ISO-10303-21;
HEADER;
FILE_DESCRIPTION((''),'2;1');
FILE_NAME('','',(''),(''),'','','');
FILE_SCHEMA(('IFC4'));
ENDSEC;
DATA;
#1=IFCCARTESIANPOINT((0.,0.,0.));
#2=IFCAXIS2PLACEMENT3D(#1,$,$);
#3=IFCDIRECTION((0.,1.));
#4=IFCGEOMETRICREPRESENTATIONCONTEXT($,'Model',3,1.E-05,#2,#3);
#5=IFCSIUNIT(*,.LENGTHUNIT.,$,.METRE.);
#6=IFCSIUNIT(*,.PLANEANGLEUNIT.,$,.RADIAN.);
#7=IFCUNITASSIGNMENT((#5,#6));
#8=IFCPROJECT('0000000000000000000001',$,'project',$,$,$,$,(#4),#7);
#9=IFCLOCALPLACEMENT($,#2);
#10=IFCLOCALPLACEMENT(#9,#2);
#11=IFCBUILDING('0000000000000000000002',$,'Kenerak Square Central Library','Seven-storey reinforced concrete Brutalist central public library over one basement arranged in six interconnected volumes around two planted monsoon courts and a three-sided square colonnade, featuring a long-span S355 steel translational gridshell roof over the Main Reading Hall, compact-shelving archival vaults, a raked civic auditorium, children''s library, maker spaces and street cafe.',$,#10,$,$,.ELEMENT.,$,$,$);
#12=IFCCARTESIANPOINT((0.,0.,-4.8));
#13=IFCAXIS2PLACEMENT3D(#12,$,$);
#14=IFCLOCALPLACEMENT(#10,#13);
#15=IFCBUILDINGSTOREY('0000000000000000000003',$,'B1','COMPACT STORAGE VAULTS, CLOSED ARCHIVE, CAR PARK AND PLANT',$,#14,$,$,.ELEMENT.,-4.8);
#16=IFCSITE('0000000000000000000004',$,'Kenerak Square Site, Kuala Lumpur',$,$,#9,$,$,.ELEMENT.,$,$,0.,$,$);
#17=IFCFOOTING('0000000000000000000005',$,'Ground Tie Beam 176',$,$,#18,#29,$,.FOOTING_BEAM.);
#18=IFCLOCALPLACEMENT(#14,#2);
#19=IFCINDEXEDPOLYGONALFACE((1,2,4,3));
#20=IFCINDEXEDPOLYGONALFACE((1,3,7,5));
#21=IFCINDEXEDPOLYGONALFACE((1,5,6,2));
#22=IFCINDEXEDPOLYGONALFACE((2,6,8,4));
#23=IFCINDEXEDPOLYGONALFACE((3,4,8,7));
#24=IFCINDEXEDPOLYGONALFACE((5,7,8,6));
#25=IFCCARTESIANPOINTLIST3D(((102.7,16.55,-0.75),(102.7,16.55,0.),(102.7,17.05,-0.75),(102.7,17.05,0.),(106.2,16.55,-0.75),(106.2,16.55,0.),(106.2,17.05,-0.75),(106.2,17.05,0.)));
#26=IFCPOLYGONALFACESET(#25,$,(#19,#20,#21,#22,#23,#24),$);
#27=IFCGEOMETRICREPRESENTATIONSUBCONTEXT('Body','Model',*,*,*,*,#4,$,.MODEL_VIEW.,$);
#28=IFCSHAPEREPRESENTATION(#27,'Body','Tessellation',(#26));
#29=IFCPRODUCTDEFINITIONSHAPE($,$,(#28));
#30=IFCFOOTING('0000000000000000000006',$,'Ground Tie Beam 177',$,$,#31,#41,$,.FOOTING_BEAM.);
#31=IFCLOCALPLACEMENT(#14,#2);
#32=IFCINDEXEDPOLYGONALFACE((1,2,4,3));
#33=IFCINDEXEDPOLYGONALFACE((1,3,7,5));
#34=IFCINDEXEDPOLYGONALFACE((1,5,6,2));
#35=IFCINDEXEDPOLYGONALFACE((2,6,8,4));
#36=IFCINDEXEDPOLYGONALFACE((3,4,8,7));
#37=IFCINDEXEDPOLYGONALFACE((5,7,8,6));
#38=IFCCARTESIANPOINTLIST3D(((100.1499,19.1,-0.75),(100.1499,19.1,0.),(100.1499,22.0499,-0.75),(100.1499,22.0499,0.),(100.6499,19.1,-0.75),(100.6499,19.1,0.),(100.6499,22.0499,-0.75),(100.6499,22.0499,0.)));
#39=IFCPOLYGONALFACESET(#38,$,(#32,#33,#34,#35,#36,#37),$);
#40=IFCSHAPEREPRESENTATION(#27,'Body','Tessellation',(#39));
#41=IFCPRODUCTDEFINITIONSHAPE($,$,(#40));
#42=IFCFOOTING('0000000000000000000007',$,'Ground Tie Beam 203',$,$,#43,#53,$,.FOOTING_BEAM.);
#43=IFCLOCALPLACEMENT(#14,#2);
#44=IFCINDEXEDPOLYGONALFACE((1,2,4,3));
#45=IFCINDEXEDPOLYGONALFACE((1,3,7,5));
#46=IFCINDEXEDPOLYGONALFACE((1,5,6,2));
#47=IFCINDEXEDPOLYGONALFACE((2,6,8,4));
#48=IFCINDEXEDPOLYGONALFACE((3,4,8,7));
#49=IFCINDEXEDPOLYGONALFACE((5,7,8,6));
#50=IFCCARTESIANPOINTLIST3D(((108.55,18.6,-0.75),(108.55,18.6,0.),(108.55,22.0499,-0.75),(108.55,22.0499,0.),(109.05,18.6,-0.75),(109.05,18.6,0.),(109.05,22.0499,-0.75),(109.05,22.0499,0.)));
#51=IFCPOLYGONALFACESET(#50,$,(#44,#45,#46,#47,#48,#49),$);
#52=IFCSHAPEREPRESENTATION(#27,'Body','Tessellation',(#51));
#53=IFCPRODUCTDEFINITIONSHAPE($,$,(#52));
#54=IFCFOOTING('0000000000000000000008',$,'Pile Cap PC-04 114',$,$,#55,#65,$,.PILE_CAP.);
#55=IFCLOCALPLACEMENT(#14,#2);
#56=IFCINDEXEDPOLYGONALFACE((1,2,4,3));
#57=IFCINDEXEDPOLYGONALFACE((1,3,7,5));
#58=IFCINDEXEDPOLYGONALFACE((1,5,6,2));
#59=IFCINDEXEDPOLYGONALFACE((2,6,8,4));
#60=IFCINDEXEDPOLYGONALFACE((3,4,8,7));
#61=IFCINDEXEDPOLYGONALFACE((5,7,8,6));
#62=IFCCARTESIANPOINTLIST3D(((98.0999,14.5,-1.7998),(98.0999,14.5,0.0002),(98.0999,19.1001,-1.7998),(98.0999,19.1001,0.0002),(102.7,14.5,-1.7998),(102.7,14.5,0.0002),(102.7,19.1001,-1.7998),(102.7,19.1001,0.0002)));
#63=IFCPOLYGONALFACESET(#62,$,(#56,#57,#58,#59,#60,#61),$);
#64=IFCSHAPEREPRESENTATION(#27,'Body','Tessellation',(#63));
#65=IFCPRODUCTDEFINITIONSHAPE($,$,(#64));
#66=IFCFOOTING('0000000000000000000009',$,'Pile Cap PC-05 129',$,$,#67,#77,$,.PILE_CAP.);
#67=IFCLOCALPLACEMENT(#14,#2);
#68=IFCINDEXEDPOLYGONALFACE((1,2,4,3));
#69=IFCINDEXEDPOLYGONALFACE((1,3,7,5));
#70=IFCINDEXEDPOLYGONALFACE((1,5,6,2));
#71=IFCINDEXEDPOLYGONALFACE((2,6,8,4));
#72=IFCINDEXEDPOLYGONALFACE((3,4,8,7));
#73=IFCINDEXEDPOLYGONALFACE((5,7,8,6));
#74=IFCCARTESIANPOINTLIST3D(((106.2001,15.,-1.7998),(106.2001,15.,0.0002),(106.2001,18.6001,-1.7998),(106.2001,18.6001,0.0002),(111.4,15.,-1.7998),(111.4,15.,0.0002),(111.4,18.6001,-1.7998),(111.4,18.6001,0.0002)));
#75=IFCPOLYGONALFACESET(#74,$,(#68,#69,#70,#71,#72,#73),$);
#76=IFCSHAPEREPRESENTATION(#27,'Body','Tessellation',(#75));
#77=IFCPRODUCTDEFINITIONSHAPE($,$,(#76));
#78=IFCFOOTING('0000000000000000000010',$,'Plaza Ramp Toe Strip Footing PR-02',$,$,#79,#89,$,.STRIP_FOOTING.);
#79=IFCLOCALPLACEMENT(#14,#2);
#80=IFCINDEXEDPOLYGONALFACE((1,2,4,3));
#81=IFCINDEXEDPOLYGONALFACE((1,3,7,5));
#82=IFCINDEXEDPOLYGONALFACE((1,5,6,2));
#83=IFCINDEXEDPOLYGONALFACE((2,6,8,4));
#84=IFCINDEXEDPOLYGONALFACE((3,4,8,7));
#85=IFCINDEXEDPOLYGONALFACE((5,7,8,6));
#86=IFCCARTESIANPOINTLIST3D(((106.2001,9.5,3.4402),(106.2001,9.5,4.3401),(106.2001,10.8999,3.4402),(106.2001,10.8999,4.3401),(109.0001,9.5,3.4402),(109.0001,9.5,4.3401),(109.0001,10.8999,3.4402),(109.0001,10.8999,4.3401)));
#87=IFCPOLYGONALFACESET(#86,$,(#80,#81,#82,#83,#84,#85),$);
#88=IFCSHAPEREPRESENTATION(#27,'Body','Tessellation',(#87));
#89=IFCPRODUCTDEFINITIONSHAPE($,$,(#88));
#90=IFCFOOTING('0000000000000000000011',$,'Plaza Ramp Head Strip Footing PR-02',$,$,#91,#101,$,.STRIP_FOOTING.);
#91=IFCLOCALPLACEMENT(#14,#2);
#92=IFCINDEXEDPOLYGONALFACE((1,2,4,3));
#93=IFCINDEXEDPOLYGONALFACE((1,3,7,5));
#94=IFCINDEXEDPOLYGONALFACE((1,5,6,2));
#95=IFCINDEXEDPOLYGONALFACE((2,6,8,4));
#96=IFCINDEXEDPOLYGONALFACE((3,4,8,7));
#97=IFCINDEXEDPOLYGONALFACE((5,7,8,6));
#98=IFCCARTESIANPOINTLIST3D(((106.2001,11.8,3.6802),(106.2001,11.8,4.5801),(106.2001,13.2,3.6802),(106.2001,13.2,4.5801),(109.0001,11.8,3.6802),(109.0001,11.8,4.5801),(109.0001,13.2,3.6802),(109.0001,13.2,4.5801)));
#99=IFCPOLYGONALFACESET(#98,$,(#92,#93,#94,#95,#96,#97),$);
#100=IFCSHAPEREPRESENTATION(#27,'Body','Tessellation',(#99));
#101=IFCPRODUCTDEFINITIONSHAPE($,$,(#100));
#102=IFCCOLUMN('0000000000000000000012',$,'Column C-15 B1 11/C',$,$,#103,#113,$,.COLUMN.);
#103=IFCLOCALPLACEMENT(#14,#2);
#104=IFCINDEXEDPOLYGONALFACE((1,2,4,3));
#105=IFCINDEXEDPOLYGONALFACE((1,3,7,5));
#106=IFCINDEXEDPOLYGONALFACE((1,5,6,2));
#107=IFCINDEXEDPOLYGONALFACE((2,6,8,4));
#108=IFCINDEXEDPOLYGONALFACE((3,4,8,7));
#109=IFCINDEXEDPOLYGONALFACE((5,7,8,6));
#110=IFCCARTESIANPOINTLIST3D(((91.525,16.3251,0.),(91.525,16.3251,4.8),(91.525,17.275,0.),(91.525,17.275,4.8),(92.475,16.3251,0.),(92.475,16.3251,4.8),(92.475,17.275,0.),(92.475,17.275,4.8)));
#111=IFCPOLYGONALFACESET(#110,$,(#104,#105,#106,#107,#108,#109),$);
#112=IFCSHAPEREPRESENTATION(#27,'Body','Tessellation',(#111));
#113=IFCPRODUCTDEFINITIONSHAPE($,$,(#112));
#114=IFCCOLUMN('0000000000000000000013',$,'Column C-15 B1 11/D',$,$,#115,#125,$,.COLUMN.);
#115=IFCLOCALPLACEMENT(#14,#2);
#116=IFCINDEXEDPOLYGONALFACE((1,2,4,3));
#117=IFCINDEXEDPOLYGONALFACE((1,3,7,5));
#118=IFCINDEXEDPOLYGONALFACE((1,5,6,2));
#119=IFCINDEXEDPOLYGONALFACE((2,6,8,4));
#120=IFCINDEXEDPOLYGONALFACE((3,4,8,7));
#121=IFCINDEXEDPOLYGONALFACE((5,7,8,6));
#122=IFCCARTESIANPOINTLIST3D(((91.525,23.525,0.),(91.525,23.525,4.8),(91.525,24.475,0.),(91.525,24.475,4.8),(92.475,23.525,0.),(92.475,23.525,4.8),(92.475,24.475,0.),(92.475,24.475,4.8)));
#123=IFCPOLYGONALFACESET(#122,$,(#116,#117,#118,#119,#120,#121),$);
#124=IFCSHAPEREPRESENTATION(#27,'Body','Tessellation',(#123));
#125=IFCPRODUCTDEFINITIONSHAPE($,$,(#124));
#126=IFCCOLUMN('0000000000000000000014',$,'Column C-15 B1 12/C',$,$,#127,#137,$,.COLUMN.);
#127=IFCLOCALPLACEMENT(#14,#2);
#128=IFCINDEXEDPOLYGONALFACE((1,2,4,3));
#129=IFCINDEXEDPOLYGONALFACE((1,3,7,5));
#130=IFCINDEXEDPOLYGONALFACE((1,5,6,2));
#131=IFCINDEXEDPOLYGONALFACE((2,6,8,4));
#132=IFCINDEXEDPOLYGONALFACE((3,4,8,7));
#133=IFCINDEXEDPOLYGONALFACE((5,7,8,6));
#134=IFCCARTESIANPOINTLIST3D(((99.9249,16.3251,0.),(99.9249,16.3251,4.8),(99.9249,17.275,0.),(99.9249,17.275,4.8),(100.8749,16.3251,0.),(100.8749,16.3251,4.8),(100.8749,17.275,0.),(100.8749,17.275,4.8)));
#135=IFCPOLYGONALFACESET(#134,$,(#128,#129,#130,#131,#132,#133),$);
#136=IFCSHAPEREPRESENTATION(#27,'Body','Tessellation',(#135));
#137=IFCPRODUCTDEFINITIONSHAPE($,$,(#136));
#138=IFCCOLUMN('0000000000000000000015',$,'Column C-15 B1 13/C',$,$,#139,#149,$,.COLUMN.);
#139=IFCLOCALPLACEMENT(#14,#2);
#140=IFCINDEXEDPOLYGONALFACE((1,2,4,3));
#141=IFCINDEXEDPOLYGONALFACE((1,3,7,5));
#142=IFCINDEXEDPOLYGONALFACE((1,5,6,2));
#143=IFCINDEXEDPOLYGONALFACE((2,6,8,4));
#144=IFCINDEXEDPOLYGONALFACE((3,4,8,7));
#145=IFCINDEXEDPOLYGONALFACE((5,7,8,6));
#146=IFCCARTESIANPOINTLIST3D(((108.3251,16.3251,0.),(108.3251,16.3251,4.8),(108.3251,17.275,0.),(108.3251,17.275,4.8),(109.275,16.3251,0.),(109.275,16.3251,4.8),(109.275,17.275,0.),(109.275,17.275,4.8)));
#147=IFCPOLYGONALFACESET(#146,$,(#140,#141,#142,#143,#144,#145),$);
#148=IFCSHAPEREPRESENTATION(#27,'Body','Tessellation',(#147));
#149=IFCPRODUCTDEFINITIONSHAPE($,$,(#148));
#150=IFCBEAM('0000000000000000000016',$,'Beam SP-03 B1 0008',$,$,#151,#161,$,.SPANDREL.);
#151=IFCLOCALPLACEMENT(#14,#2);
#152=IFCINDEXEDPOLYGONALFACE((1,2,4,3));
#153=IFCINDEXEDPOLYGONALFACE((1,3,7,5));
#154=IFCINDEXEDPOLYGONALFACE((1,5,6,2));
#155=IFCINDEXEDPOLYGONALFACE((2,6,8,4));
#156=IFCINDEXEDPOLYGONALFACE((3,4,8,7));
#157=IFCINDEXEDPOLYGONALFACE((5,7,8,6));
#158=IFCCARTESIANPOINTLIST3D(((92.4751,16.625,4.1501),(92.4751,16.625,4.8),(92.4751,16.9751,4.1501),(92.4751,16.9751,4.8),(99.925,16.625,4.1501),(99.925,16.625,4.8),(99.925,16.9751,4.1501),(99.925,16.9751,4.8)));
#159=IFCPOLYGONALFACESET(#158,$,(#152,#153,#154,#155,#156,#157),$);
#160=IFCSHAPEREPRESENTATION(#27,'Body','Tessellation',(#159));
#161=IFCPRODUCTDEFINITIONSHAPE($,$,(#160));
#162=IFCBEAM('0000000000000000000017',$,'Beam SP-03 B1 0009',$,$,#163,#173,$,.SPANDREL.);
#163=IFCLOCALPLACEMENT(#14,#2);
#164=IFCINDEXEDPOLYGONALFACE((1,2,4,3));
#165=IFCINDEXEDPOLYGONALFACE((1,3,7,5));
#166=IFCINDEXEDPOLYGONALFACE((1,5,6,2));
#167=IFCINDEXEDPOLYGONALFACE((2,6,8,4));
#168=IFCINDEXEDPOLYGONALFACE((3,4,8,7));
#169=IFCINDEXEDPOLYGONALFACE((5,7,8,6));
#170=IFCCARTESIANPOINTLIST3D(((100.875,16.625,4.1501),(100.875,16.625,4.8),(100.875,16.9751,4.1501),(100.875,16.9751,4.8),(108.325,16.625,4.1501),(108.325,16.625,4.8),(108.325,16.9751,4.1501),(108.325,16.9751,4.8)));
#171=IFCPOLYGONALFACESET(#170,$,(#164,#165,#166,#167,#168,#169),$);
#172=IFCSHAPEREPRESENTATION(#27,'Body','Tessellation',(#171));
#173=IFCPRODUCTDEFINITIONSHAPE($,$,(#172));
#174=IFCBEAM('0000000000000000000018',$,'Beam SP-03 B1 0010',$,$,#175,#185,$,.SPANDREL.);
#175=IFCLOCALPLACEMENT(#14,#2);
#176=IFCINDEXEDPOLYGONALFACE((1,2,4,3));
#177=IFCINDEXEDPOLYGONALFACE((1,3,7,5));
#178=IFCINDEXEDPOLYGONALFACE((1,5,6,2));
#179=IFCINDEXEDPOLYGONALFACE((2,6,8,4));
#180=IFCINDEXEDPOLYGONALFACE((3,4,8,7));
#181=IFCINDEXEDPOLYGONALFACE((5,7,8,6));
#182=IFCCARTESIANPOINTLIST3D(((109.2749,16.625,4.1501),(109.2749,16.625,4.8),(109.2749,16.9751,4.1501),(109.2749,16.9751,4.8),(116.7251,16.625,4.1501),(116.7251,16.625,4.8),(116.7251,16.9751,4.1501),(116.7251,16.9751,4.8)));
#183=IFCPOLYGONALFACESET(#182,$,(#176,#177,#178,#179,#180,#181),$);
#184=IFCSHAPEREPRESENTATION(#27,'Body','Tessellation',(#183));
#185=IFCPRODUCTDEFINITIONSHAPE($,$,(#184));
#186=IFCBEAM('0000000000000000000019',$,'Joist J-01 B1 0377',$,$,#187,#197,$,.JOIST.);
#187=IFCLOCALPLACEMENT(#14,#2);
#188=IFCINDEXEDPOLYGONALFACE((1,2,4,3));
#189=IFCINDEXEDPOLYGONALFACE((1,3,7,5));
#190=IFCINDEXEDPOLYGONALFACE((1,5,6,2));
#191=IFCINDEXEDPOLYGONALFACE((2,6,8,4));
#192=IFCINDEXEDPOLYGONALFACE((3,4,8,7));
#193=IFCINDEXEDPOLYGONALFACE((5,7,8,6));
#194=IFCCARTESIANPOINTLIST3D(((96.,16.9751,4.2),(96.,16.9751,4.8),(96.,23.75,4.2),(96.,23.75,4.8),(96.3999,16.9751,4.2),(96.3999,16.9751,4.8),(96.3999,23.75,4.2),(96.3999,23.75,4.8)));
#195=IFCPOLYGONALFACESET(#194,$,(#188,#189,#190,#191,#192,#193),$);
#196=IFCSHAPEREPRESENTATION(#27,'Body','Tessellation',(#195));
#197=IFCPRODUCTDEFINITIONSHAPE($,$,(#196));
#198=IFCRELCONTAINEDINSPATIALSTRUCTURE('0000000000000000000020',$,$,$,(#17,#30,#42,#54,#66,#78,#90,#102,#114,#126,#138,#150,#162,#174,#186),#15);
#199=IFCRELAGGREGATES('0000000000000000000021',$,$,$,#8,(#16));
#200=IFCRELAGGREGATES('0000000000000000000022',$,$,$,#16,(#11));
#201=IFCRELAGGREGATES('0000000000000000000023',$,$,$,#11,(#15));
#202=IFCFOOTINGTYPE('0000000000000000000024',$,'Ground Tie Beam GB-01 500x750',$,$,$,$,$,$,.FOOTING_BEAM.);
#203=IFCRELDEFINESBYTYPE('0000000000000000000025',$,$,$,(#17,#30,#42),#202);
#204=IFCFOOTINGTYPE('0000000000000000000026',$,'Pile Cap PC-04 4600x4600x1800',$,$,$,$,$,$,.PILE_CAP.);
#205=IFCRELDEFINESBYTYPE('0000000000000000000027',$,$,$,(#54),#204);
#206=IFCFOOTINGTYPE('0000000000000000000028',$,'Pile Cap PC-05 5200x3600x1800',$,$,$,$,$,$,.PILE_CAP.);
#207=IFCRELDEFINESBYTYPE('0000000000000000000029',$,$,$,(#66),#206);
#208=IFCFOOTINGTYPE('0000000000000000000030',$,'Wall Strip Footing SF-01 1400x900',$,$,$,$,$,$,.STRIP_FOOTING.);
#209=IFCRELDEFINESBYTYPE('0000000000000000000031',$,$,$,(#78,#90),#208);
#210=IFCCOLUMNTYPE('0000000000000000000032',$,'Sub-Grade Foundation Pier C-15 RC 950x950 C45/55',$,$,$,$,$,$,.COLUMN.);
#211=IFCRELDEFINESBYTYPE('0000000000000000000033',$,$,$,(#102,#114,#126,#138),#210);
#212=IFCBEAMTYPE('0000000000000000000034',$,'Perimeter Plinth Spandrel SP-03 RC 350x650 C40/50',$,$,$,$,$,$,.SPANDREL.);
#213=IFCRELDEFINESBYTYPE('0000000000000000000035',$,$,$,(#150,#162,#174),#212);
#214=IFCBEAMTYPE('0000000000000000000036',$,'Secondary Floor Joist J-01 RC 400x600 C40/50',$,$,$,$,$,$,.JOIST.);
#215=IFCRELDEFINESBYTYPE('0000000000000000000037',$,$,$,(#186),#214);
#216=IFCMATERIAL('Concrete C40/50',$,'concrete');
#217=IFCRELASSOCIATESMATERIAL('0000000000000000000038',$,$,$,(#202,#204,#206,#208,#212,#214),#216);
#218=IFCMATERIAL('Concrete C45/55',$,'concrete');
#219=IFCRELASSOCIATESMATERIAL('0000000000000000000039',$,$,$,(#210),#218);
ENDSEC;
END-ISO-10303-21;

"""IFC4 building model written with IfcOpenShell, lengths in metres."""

from ifc_helpers import new_model, si_unit, direction, frame, origin, origin_2d, place, context, subcontext, project, spatial, rectangle, extrude, material, material_profile, profile_set, type_object, element, save


model = new_model("IFC4")

# Units and contexts
model_context = context("Model", 3, precision=1e-05, world=origin(), true_north=direction((0.0, 1.0)))
body_context = subcontext(model_context, "Body", "Model", "MODEL_VIEW")
ifc_project = project(units=[si_unit("LENGTHUNIT", "METRE"), si_unit("PLANEANGLEUNIT", "RADIAN")], contexts=[model_context])

# Site, building, storey
site_placement = place(None, origin())
site = spatial("IfcSite", under=ifc_project, at=site_placement, Name="Kenerak Square Site, Kuala Lumpur", CompositionType="ELEMENT", RefElevation=0.0)
building_placement = place(site_placement, origin())
building = spatial("IfcBuilding", under=site, at=building_placement, Name="Kenerak Square Central Library", Description="Seven-storey reinforced concrete Brutalist central public library over one basement arranged in six interconnected volumes around two planted monsoon courts and a three-sided square colonnade, featuring a long-span S355 steel translational gridshell roof over the Main Reading Hall, compact-shelving archival vaults, a raked civic auditorium, children's library, maker spaces and street cafe.", CompositionType="ELEMENT")
storey_placement = place(building_placement, frame((0.0, 0.0, -4.8)))
storey = spatial("IfcBuildingStorey", under=building, at=storey_placement, Name="B1", Description="COMPACT STORAGE VAULTS, CLOSED ARCHIVE, CAR PARK AND PLANT", CompositionType="ELEMENT", Elevation=-4.8)

# Shared definitions
ifc_material_1 = material(Name="Concrete C40/50", Category="concrete")

# Footings
footing_type_1 = type_object("IfcFootingType", Name="Ground Tie Beam GB-01 500x750", PredefinedType="FOOTING_BEAM", material=ifc_material_1)
footing_1_placement = place(storey_placement, frame((104.45, 16.8, -0.75), z_axis=(0.0, 0.0, 1.0), x_axis=(1.0, 0.0, 0.0)))
element("IfcFooting", 1, at=footing_1_placement, inside=storey, type_object=footing_type_1, Name="Ground Tie Beam 176", PredefinedType="FOOTING_BEAM", context=body_context, shape_type="SweptSolid", body=[
    extrude(rectangle(XDim=3.5, YDim=0.5, at=origin_2d()), origin(), (0.0, 0.0, 1.0), 0.75),
])
footing_2_placement = place(storey_placement, frame((100.3999, 20.575, -0.75), z_axis=(0.0, 0.0, 1.0), x_axis=(1.0, 0.0, 0.0)))
element("IfcFooting", 2, at=footing_2_placement, inside=storey, type_object=footing_type_1, Name="Ground Tie Beam 177", PredefinedType="FOOTING_BEAM", context=body_context, shape_type="SweptSolid", body=[
    extrude(rectangle(XDim=0.5, YDim=2.95, at=origin_2d()), origin(), (0.0, 0.0, 1.0), 0.75),
])
footing_3_placement = place(storey_placement, frame((108.8, 20.325, -0.75), z_axis=(0.0, 0.0, 1.0), x_axis=(1.0, 0.0, 0.0)))
element("IfcFooting", 3, at=footing_3_placement, inside=storey, type_object=footing_type_1, Name="Ground Tie Beam 203", PredefinedType="FOOTING_BEAM", context=body_context, shape_type="SweptSolid", body=[
    extrude(rectangle(XDim=0.5, YDim=3.45, at=origin_2d()), origin(), (0.0, 0.0, 1.0), 0.75),
])
footing_type_2 = type_object("IfcFootingType", Name="Pile Cap PC-04 4600x4600x1800", PredefinedType="PILE_CAP", material=ifc_material_1)
footing_4_placement = place(storey_placement, frame((100.3999, 16.8, -1.7998), z_axis=(0.0, 0.0, 1.0), x_axis=(1.0, 0.0, 0.0)))
element("IfcFooting", 4, at=footing_4_placement, inside=storey, type_object=footing_type_2, Name="Pile Cap PC-04 114", PredefinedType="PILE_CAP", context=body_context, shape_type="SweptSolid", body=[
    extrude(rectangle(XDim=4.6001, YDim=4.6001, at=origin_2d()), origin(), (0.0, 0.0, 1.0), 1.8),
])
footing_type_3 = type_object("IfcFootingType", Name="Pile Cap PC-05 5200x3600x1800", PredefinedType="PILE_CAP", material=ifc_material_1)
footing_5_placement = place(storey_placement, frame((108.8, 16.8, -1.7998), z_axis=(0.0, 0.0, 1.0), x_axis=(1.0, 0.0, 0.0)))
element("IfcFooting", 5, at=footing_5_placement, inside=storey, type_object=footing_type_3, Name="Pile Cap PC-05 129", PredefinedType="PILE_CAP", context=body_context, shape_type="SweptSolid", body=[
    extrude(rectangle(XDim=5.2, YDim=3.6001, at=origin_2d()), origin(), (0.0, 0.0, 1.0), 1.8),
])
footing_type_4 = type_object("IfcFootingType", Name="Wall Strip Footing SF-01 1400x900", PredefinedType="STRIP_FOOTING", material=ifc_material_1)
for number, where, z_axis, x_axis, name in (
    (6, (107.6001, 10.2, 3.4402), (0.0, 0.0, 1.0), (1.0, 0.0, 0.0), "Plaza Ramp Toe Strip Footing PR-02"),
    (7, (107.6001, 12.5, 3.6802), (0.0, 0.0, 1.0), (1.0, 0.0, 0.0), "Plaza Ramp Head Strip Footing PR-02"),
):
    element("IfcFooting", number, at=place(storey_placement, frame(where, z_axis=z_axis, x_axis=x_axis)), inside=storey, type_object=footing_type_4, Name=name, PredefinedType="STRIP_FOOTING", context=body_context, shape_type="SweptSolid", body=[
        extrude(rectangle(XDim=2.8, YDim=1.3999, at=origin_2d()), origin(), (0.0, 0.0, 1.0), 0.8999),
    ])

# Columns
ifc_material_2 = material(Name="Concrete C45/55", Category="concrete")
ifc_material_profile_1 = material_profile(ifc_material_2, rectangle(XDim=0.95, YDim=0.95, at=origin_2d()), Name="RC 950x950")
ifc_profile_set_1 = profile_set([ifc_material_profile_1], Name="Concrete C45/55")
column_type = type_object("IfcColumnType", Name="Sub-Grade Foundation Pier C-15 RC 950x950 C45/55", PredefinedType="COLUMN", material=ifc_profile_set_1)
for number, where, z_axis, x_axis, name in (
    (8, (92.0, 16.8, 0.0), (0.0, 0.0, 1.0), (1.0, 0.0, 0.0), "Column C-15 B1 11/C"),
    (9, (92.0, 24.0, 0.0), (0.0, 0.0, 1.0), (1.0, 0.0, 0.0), "Column C-15 B1 11/D"),
    (10, (100.3999, 16.8, 0.0), (0.0, 0.0, 1.0), (1.0, 0.0, 0.0), "Column C-15 B1 12/C"),
    (11, (108.8, 16.8, 0.0), (0.0, 0.0, 1.0), (1.0, 0.0, 0.0), "Column C-15 B1 13/C"),
):
    element("IfcColumn", number, at=place(storey_placement, frame(where, z_axis=z_axis, x_axis=x_axis)), inside=storey, type_object=column_type, Name=name, PredefinedType="COLUMN", context=body_context, shape_type="SweptSolid", body=[
        extrude(rectangle(XDim=0.95, YDim=0.95, at=origin_2d()), origin(), (0.0, 0.0, 1.0), 4.8),
    ])

# Beams
ifc_material_profile_2 = material_profile(ifc_material_1, rectangle(XDim=0.3501, YDim=0.6499, at=origin_2d()), Name="RC 350x650")
ifc_profile_set_2 = profile_set([ifc_material_profile_2], Name="Concrete C40/50")
beam_type_1 = type_object("IfcBeamType", Name="Perimeter Plinth Spandrel SP-03 RC 350x650 C40/50", PredefinedType="SPANDREL", material=ifc_profile_set_2)
for number, where, z_axis, x_axis, name in (
    (12, (92.4751, 16.8, 4.4751), (1.0, 0.0, 0.0), (0.0, 1.0, 0.0), "Beam SP-03 B1 0008"),
    (13, (100.875, 16.8, 4.4751), (1.0, 0.0, 0.0), (0.0, 1.0, 0.0), "Beam SP-03 B1 0009"),
):
    element("IfcBeam", number, at=place(storey_placement, frame(where, z_axis=z_axis, x_axis=x_axis)), inside=storey, type_object=beam_type_1, Name=name, PredefinedType="SPANDREL", context=body_context, shape_type="SweptSolid", body=[
        extrude(rectangle(XDim=0.3501, YDim=0.6499, at=origin_2d()), origin(), (0.0, 0.0, 1.0), 7.45),
    ])
beam_1_placement = place(storey_placement, frame((109.2749, 16.8, 4.4751), z_axis=(1.0, 0.0, 0.0), x_axis=(0.0, 1.0, 0.0)))
element("IfcBeam", 14, at=beam_1_placement, inside=storey, type_object=beam_type_1, Name="Beam SP-03 B1 0010", PredefinedType="SPANDREL", context=body_context, shape_type="SweptSolid", body=[
    extrude(rectangle(XDim=0.3501, YDim=0.6499, at=origin_2d()), origin(), (0.0, 0.0, 1.0), 7.4502),
])
ifc_material_profile_3 = material_profile(ifc_material_1, rectangle(XDim=0.3999, YDim=0.6001, at=origin_2d()), Name="RC 400x600")
ifc_profile_set_3 = profile_set([ifc_material_profile_3], Name="Concrete C40/50")
beam_type_2 = type_object("IfcBeamType", Name="Secondary Floor Joist J-01 RC 400x600 C40/50", PredefinedType="JOIST", material=ifc_profile_set_3)
for number, where, z_axis, x_axis, name in (
    (15, (96.2, 16.9751, 4.5), (0.0, 1.0, 0.0), (-1.0, 0.0, 0.0), "Joist J-01 B1 0377"),
):
    element("IfcBeam", number, at=place(storey_placement, frame(where, z_axis=z_axis, x_axis=x_axis)), inside=storey, type_object=beam_type_2, Name=name, PredefinedType="JOIST", context=body_context, shape_type="SweptSolid", body=[
        extrude(rectangle(XDim=0.3999, YDim=0.6001, at=origin_2d()), origin(), (0.0, 0.0, 1.0), 6.7749),
    ])

save(model, "model.ifc")
